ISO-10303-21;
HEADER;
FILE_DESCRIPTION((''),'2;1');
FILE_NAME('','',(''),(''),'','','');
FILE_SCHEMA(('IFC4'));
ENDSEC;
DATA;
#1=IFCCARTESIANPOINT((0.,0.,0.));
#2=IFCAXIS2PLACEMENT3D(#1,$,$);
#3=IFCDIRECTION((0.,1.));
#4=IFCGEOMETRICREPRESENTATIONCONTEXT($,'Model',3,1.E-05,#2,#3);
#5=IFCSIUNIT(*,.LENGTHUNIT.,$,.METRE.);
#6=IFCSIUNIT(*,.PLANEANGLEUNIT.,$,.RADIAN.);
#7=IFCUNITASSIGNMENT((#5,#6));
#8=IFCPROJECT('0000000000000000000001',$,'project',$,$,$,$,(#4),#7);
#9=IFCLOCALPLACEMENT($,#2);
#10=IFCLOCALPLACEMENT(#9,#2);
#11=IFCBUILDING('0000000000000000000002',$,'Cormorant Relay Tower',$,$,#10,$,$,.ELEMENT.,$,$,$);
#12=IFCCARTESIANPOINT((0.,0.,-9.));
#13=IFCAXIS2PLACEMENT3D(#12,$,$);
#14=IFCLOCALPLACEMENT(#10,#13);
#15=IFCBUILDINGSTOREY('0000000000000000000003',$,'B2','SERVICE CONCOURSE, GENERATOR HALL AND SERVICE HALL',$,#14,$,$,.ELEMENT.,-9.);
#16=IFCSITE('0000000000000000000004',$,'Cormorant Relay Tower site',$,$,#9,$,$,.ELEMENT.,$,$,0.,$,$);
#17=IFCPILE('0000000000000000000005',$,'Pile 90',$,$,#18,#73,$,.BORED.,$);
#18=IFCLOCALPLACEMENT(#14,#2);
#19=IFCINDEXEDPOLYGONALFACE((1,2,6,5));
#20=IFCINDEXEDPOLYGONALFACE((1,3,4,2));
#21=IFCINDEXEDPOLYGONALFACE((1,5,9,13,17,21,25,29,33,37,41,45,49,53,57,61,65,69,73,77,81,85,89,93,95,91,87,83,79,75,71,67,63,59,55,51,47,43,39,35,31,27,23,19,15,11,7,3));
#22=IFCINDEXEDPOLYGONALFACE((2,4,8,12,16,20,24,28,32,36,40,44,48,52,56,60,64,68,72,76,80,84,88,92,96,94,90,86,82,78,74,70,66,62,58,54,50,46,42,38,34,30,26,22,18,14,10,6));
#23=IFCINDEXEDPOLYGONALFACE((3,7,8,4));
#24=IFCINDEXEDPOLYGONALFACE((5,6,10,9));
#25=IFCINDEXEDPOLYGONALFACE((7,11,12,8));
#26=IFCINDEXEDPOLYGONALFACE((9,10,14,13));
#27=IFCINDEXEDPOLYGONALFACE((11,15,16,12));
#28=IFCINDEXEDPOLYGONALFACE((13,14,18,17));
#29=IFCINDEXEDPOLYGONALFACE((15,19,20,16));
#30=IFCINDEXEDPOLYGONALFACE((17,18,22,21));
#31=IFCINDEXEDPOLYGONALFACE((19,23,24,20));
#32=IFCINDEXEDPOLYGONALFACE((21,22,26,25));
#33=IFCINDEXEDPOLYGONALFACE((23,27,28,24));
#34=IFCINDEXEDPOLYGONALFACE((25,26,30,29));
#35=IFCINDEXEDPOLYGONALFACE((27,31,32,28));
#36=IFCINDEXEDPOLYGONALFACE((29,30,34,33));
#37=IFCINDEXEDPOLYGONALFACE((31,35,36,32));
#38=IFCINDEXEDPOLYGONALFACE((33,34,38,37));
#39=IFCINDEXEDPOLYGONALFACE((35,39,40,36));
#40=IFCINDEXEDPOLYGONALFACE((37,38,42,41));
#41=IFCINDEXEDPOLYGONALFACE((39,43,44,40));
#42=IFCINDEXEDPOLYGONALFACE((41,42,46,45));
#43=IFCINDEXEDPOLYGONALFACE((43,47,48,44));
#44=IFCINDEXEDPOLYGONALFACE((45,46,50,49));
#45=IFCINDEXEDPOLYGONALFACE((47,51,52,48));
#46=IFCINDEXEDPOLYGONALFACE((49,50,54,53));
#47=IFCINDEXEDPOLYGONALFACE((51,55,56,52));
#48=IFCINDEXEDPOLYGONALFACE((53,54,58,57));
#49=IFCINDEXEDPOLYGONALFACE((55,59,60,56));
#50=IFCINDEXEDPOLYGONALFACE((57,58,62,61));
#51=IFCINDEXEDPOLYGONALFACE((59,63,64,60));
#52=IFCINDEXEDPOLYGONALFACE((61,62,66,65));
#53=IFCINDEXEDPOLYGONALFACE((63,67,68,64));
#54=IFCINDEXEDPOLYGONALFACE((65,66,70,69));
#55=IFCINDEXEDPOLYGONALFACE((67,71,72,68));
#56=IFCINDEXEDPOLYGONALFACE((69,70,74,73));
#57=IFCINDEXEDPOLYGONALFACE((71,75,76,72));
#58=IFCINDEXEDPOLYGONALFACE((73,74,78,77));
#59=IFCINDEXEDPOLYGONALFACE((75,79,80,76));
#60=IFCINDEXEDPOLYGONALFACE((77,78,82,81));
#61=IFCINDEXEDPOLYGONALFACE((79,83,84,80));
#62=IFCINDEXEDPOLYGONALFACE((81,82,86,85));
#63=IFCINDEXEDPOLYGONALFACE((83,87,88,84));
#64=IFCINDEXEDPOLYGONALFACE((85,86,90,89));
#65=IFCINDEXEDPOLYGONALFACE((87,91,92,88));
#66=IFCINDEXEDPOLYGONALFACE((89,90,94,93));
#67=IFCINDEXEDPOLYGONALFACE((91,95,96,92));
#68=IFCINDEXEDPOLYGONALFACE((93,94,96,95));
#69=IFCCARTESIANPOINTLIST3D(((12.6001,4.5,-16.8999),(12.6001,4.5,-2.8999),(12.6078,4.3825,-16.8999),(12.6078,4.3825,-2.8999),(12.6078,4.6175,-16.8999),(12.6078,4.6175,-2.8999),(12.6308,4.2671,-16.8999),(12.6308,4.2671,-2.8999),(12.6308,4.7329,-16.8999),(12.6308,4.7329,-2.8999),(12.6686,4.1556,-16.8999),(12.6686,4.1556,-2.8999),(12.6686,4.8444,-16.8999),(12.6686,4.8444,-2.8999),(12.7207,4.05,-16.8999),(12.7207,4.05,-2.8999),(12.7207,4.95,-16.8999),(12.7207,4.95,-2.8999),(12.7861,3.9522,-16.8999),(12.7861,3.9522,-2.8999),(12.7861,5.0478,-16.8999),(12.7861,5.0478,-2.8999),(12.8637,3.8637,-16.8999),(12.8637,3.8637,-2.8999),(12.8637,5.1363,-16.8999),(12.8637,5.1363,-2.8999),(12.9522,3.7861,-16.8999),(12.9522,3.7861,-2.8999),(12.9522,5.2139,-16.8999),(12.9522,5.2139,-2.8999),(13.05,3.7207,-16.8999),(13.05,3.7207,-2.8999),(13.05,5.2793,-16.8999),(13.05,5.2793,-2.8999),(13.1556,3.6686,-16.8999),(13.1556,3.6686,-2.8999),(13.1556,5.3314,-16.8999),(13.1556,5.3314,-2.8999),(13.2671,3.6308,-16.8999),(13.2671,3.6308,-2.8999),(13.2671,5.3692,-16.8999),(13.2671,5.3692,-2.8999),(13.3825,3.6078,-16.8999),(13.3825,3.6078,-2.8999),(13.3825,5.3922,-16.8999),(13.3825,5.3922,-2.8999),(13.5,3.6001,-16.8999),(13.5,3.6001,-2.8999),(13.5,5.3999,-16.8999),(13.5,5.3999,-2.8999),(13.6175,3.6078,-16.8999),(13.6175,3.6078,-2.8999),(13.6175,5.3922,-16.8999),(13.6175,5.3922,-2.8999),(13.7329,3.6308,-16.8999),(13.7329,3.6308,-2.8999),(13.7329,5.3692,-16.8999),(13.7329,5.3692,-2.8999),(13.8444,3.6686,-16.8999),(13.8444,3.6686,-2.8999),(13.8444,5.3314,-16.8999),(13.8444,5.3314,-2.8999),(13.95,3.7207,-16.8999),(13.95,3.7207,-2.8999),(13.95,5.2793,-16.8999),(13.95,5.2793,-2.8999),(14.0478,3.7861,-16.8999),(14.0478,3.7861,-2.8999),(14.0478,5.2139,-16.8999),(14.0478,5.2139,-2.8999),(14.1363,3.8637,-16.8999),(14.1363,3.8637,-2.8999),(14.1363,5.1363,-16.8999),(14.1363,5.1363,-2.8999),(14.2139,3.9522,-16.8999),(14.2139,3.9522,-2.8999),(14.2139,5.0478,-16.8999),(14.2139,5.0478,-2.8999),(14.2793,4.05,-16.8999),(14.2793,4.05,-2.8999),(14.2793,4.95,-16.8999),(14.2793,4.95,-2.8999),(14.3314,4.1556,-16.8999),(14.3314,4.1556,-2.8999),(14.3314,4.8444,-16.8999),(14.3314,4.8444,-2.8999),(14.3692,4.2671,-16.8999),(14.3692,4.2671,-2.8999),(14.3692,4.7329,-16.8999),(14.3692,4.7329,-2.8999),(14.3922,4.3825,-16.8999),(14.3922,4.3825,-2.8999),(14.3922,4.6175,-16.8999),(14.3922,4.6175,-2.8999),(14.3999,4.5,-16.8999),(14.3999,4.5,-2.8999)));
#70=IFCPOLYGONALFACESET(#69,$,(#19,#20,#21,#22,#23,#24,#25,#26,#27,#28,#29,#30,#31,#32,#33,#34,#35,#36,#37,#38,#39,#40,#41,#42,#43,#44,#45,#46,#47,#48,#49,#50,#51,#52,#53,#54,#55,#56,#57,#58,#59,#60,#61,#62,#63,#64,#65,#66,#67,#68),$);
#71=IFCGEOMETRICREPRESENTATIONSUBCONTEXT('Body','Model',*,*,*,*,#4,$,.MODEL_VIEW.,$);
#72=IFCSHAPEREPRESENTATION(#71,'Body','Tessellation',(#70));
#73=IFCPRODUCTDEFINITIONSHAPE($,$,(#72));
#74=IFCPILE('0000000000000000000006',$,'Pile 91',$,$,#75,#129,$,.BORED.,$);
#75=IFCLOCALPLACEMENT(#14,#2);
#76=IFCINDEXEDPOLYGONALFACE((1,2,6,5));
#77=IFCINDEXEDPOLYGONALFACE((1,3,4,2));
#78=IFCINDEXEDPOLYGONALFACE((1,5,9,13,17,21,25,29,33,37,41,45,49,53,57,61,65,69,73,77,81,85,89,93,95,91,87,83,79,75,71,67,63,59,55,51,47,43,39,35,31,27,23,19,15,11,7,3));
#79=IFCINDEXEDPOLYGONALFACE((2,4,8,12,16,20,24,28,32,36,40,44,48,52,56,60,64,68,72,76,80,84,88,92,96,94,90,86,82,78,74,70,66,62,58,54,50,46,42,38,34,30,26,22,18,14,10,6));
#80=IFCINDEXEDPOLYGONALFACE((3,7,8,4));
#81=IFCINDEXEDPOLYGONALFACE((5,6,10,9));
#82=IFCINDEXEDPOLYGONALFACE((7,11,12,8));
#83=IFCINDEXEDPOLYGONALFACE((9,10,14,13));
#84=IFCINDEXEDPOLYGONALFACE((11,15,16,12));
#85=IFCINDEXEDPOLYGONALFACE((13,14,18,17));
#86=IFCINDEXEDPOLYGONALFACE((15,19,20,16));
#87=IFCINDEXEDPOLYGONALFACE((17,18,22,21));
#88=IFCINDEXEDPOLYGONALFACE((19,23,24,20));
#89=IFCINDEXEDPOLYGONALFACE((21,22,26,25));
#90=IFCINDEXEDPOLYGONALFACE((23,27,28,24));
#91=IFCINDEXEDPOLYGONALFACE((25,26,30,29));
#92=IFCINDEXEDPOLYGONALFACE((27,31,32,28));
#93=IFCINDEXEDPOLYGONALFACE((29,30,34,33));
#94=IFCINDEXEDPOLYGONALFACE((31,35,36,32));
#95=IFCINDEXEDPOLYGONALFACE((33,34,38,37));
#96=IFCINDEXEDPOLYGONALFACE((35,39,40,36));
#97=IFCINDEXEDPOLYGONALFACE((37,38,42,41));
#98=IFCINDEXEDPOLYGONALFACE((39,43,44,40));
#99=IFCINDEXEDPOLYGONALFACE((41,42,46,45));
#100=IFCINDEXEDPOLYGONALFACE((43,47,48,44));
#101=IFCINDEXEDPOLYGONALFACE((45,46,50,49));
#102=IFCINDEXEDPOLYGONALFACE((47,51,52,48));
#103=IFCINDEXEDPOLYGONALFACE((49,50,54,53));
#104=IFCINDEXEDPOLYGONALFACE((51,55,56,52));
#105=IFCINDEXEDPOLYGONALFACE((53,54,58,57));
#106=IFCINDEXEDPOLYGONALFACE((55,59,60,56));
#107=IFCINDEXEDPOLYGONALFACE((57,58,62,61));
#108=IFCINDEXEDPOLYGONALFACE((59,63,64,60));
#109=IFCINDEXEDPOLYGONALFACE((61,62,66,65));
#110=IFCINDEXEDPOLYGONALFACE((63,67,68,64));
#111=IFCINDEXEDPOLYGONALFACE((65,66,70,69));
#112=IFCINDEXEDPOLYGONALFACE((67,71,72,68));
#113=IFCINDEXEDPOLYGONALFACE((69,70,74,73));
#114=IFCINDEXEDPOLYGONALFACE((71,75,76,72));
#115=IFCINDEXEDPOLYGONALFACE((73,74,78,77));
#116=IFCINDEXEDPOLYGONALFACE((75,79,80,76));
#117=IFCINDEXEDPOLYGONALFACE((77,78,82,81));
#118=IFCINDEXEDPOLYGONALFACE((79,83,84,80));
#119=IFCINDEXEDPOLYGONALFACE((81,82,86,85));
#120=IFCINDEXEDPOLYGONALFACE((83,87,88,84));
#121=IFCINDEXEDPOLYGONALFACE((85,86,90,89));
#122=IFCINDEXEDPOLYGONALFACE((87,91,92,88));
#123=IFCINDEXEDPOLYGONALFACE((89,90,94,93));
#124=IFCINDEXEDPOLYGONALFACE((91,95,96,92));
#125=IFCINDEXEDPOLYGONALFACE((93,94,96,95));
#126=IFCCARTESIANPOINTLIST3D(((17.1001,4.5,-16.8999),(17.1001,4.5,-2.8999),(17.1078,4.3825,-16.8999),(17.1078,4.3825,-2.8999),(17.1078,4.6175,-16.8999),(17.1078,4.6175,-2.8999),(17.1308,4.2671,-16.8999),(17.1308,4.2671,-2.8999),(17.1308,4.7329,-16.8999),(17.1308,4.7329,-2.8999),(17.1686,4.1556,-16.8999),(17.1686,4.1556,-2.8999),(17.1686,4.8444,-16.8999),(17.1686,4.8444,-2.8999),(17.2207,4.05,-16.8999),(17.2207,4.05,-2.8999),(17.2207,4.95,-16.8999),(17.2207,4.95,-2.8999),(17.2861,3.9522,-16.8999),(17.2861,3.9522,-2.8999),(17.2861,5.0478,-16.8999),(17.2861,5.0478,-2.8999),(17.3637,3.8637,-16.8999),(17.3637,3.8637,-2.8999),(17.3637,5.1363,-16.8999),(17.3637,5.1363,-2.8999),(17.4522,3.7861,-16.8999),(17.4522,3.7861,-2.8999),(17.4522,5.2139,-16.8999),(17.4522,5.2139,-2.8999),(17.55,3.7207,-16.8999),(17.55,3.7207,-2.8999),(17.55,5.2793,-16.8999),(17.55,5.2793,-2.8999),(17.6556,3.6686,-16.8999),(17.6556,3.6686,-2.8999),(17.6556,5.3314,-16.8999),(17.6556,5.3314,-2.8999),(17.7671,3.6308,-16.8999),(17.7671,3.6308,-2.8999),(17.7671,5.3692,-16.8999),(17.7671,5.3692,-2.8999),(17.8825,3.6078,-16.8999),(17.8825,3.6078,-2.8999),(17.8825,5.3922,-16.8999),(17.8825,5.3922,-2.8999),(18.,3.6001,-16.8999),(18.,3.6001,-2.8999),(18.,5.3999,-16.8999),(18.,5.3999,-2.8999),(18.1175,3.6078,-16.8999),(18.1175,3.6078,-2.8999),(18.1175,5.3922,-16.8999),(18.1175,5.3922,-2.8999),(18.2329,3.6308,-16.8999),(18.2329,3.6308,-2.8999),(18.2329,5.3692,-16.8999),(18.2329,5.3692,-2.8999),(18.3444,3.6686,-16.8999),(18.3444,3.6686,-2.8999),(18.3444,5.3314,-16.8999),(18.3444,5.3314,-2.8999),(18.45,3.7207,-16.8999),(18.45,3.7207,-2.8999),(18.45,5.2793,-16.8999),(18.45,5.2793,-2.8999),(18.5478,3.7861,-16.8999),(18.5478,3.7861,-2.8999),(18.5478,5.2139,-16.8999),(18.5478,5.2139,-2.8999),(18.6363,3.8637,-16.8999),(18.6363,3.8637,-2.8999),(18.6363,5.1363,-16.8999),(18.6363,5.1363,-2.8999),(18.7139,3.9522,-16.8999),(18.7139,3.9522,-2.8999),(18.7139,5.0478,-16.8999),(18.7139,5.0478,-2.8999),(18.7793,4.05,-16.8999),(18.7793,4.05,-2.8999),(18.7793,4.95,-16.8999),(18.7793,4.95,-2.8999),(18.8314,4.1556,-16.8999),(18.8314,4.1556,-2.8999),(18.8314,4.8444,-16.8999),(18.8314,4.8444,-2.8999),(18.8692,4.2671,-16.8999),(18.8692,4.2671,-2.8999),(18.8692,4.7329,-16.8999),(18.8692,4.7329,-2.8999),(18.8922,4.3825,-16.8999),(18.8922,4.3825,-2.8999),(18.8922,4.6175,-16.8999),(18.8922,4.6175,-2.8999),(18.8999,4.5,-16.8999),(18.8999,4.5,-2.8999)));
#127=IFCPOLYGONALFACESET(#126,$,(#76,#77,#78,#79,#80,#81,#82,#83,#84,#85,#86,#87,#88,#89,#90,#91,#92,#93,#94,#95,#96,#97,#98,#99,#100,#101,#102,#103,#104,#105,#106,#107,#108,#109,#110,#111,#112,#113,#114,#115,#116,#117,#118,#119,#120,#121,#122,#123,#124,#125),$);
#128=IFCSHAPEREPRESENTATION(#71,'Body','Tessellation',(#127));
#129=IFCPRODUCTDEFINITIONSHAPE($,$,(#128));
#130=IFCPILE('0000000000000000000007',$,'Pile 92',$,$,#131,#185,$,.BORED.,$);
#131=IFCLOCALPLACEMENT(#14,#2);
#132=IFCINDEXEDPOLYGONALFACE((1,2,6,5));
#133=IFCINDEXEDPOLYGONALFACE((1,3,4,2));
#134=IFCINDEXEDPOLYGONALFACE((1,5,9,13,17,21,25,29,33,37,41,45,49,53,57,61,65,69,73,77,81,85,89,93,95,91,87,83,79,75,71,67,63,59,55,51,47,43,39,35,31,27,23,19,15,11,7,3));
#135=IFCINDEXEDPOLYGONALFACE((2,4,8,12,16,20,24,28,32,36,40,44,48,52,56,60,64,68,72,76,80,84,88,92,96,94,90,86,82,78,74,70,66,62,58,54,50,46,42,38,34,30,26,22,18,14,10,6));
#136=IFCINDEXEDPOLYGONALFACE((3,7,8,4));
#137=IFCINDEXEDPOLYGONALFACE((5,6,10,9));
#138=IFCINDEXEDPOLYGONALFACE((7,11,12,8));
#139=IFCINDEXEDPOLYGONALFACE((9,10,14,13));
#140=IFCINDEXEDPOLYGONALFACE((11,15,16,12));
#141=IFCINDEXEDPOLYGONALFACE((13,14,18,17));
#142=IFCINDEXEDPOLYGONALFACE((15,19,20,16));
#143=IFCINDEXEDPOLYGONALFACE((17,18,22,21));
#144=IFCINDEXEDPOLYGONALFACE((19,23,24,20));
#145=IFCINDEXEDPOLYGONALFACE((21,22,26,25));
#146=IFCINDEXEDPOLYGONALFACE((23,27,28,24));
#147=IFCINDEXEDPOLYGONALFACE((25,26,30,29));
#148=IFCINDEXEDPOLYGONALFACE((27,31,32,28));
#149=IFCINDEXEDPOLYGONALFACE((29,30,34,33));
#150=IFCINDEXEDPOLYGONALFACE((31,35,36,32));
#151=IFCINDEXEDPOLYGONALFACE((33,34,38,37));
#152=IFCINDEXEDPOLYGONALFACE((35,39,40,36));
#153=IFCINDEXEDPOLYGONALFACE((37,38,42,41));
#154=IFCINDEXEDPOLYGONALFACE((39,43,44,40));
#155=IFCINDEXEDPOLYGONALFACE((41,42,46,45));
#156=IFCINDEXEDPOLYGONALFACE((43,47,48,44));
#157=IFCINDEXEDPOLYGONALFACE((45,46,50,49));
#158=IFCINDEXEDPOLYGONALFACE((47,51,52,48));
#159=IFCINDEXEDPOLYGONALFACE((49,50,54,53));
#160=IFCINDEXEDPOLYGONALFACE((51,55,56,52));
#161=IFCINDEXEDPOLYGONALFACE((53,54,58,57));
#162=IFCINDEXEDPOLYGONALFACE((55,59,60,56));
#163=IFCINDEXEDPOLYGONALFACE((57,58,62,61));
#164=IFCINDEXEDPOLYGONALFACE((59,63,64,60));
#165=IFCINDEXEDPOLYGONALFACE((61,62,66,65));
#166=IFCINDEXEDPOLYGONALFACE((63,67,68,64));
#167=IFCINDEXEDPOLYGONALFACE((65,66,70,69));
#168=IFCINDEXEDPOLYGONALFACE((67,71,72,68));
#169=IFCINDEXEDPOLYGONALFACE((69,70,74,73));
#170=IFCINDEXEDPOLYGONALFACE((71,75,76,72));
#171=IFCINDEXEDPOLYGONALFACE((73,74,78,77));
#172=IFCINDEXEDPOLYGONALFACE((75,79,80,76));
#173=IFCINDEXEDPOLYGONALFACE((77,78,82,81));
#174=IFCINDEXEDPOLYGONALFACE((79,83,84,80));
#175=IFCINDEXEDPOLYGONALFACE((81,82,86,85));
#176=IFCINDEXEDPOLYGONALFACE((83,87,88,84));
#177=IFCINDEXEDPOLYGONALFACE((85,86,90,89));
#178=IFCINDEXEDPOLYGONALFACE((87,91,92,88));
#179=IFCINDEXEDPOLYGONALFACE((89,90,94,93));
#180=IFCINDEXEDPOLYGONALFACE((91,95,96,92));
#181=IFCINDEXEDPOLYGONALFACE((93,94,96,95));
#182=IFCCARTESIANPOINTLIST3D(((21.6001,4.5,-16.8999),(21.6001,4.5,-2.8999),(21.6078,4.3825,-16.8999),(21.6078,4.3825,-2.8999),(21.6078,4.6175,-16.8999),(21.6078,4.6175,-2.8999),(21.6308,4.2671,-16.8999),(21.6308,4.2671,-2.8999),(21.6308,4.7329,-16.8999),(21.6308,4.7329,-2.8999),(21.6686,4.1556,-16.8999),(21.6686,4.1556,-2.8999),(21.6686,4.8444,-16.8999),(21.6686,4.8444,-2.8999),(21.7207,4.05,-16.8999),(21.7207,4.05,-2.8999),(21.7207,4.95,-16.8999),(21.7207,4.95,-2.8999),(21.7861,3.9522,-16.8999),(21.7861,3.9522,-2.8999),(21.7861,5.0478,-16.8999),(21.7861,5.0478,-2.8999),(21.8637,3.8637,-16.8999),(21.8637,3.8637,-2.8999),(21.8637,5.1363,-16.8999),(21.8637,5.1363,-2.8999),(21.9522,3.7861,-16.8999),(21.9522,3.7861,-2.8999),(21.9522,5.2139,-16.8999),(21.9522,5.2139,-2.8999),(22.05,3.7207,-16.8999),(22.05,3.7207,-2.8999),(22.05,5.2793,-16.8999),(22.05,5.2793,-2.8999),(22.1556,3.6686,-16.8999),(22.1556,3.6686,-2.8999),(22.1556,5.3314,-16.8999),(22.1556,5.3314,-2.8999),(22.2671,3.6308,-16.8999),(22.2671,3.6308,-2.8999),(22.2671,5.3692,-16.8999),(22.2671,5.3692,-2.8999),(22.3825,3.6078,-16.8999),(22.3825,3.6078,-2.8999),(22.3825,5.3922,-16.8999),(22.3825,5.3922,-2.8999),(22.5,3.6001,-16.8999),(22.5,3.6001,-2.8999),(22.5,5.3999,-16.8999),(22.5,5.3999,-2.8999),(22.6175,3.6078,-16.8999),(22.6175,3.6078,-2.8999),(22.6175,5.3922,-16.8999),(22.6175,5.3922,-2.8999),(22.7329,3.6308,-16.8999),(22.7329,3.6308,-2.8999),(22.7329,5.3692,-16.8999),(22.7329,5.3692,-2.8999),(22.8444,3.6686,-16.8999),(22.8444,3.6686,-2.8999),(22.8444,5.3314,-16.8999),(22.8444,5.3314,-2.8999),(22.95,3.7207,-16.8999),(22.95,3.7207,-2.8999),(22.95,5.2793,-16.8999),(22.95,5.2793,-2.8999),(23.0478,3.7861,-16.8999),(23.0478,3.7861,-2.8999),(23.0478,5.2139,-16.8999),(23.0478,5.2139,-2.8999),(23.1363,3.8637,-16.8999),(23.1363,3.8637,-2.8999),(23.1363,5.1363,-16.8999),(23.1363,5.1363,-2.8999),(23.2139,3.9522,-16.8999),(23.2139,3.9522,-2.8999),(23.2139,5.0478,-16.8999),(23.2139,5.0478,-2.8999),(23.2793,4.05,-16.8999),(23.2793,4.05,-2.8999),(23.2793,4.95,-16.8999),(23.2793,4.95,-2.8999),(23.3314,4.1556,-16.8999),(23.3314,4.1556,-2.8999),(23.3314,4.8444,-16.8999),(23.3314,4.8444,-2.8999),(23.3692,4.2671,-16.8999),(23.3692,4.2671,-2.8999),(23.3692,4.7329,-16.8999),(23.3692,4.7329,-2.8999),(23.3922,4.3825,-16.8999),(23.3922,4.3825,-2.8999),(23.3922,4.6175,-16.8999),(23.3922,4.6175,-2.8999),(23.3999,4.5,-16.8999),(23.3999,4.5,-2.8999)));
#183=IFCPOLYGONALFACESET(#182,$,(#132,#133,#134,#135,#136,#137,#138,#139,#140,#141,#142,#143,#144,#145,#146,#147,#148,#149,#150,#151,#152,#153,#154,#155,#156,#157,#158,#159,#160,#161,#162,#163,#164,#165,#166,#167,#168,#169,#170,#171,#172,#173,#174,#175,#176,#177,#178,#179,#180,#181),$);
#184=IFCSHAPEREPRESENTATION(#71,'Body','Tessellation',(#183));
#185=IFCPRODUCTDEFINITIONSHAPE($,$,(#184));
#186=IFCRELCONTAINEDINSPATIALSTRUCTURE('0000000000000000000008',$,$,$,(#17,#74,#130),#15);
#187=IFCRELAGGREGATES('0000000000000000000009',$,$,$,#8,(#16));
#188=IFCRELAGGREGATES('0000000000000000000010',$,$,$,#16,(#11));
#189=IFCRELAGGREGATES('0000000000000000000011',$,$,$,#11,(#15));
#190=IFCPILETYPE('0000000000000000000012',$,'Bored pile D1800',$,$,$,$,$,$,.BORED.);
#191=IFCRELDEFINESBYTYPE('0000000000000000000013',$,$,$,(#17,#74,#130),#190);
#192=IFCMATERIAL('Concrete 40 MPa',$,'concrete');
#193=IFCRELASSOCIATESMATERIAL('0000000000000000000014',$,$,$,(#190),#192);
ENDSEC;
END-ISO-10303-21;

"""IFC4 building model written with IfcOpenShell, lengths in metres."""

from ifc_helpers import new_model, si_unit, direction, frame, origin, origin_2d, place, context, subcontext, project, spatial, circle, extrude, material, material_profile, profile_set, type_object, element, save


model = new_model("IFC4")

# Units and contexts
model_context = context("Model", 3, precision=1e-05, world=origin(), true_north=direction((0.0, 1.0)))
body_context = subcontext(model_context, "Body", "Model", "MODEL_VIEW")
ifc_project = project(units=[si_unit("LENGTHUNIT", "METRE"), si_unit("PLANEANGLEUNIT", "RADIAN")], contexts=[model_context])

# Site, building, storey
site_placement = place(None, origin())
site = spatial("IfcSite", under=ifc_project, at=site_placement, Name="Cormorant Relay Tower site", CompositionType="ELEMENT", RefElevation=0.0)
building_placement = place(site_placement, origin())
building = spatial("IfcBuilding", under=site, at=building_placement, Name="Cormorant Relay Tower", CompositionType="ELEMENT")
storey_placement = place(building_placement, frame((0.0, 0.0, -9.0)))
storey = spatial("IfcBuildingStorey", under=building, at=storey_placement, Name="B2", Description="SERVICE CONCOURSE, GENERATOR HALL AND SERVICE HALL", CompositionType="ELEMENT", Elevation=-9.0)

# Piles
ifc_material_1 = material(Name="Concrete 40 MPa", Category="concrete")
ifc_material_profile = material_profile(ifc_material_1, circle(Radius=0.8999, at=origin_2d()), Name="BP1800")
ifc_profile_set = profile_set([ifc_material_profile], Name="Concrete 40 MPa")
pile_type = type_object("IfcPileType", Name="Bored pile D1800", PredefinedType="BORED", material=ifc_profile_set)
for number, where, z_axis, x_axis, name in (
    (1, (13.5, 4.5, -2.8999), (0.0, 0.0, -1.0), (1.0, 0.0, 0.0), "Pile 90"),
    (2, (18.0, 4.5, -2.8999), (0.0, 0.0, -1.0), (1.0, 0.0, 0.0), "Pile 91"),
    (3, (22.5, 4.5, -2.8999), (0.0, 0.0, -1.0), (1.0, 0.0, 0.0), "Pile 92"),
):
    element("IfcPile", number, at=place(storey_placement, frame(where, z_axis=z_axis, x_axis=x_axis)), inside=storey, type_object=pile_type, Name=name, PredefinedType="BORED", context=body_context, shape_type="SweptSolid", body=[
        extrude(circle(Radius=0.8999, at=origin_2d()), origin(), (0.0, 0.0, 1.0), 14.0),
    ])

save(model, "model.ifc")
